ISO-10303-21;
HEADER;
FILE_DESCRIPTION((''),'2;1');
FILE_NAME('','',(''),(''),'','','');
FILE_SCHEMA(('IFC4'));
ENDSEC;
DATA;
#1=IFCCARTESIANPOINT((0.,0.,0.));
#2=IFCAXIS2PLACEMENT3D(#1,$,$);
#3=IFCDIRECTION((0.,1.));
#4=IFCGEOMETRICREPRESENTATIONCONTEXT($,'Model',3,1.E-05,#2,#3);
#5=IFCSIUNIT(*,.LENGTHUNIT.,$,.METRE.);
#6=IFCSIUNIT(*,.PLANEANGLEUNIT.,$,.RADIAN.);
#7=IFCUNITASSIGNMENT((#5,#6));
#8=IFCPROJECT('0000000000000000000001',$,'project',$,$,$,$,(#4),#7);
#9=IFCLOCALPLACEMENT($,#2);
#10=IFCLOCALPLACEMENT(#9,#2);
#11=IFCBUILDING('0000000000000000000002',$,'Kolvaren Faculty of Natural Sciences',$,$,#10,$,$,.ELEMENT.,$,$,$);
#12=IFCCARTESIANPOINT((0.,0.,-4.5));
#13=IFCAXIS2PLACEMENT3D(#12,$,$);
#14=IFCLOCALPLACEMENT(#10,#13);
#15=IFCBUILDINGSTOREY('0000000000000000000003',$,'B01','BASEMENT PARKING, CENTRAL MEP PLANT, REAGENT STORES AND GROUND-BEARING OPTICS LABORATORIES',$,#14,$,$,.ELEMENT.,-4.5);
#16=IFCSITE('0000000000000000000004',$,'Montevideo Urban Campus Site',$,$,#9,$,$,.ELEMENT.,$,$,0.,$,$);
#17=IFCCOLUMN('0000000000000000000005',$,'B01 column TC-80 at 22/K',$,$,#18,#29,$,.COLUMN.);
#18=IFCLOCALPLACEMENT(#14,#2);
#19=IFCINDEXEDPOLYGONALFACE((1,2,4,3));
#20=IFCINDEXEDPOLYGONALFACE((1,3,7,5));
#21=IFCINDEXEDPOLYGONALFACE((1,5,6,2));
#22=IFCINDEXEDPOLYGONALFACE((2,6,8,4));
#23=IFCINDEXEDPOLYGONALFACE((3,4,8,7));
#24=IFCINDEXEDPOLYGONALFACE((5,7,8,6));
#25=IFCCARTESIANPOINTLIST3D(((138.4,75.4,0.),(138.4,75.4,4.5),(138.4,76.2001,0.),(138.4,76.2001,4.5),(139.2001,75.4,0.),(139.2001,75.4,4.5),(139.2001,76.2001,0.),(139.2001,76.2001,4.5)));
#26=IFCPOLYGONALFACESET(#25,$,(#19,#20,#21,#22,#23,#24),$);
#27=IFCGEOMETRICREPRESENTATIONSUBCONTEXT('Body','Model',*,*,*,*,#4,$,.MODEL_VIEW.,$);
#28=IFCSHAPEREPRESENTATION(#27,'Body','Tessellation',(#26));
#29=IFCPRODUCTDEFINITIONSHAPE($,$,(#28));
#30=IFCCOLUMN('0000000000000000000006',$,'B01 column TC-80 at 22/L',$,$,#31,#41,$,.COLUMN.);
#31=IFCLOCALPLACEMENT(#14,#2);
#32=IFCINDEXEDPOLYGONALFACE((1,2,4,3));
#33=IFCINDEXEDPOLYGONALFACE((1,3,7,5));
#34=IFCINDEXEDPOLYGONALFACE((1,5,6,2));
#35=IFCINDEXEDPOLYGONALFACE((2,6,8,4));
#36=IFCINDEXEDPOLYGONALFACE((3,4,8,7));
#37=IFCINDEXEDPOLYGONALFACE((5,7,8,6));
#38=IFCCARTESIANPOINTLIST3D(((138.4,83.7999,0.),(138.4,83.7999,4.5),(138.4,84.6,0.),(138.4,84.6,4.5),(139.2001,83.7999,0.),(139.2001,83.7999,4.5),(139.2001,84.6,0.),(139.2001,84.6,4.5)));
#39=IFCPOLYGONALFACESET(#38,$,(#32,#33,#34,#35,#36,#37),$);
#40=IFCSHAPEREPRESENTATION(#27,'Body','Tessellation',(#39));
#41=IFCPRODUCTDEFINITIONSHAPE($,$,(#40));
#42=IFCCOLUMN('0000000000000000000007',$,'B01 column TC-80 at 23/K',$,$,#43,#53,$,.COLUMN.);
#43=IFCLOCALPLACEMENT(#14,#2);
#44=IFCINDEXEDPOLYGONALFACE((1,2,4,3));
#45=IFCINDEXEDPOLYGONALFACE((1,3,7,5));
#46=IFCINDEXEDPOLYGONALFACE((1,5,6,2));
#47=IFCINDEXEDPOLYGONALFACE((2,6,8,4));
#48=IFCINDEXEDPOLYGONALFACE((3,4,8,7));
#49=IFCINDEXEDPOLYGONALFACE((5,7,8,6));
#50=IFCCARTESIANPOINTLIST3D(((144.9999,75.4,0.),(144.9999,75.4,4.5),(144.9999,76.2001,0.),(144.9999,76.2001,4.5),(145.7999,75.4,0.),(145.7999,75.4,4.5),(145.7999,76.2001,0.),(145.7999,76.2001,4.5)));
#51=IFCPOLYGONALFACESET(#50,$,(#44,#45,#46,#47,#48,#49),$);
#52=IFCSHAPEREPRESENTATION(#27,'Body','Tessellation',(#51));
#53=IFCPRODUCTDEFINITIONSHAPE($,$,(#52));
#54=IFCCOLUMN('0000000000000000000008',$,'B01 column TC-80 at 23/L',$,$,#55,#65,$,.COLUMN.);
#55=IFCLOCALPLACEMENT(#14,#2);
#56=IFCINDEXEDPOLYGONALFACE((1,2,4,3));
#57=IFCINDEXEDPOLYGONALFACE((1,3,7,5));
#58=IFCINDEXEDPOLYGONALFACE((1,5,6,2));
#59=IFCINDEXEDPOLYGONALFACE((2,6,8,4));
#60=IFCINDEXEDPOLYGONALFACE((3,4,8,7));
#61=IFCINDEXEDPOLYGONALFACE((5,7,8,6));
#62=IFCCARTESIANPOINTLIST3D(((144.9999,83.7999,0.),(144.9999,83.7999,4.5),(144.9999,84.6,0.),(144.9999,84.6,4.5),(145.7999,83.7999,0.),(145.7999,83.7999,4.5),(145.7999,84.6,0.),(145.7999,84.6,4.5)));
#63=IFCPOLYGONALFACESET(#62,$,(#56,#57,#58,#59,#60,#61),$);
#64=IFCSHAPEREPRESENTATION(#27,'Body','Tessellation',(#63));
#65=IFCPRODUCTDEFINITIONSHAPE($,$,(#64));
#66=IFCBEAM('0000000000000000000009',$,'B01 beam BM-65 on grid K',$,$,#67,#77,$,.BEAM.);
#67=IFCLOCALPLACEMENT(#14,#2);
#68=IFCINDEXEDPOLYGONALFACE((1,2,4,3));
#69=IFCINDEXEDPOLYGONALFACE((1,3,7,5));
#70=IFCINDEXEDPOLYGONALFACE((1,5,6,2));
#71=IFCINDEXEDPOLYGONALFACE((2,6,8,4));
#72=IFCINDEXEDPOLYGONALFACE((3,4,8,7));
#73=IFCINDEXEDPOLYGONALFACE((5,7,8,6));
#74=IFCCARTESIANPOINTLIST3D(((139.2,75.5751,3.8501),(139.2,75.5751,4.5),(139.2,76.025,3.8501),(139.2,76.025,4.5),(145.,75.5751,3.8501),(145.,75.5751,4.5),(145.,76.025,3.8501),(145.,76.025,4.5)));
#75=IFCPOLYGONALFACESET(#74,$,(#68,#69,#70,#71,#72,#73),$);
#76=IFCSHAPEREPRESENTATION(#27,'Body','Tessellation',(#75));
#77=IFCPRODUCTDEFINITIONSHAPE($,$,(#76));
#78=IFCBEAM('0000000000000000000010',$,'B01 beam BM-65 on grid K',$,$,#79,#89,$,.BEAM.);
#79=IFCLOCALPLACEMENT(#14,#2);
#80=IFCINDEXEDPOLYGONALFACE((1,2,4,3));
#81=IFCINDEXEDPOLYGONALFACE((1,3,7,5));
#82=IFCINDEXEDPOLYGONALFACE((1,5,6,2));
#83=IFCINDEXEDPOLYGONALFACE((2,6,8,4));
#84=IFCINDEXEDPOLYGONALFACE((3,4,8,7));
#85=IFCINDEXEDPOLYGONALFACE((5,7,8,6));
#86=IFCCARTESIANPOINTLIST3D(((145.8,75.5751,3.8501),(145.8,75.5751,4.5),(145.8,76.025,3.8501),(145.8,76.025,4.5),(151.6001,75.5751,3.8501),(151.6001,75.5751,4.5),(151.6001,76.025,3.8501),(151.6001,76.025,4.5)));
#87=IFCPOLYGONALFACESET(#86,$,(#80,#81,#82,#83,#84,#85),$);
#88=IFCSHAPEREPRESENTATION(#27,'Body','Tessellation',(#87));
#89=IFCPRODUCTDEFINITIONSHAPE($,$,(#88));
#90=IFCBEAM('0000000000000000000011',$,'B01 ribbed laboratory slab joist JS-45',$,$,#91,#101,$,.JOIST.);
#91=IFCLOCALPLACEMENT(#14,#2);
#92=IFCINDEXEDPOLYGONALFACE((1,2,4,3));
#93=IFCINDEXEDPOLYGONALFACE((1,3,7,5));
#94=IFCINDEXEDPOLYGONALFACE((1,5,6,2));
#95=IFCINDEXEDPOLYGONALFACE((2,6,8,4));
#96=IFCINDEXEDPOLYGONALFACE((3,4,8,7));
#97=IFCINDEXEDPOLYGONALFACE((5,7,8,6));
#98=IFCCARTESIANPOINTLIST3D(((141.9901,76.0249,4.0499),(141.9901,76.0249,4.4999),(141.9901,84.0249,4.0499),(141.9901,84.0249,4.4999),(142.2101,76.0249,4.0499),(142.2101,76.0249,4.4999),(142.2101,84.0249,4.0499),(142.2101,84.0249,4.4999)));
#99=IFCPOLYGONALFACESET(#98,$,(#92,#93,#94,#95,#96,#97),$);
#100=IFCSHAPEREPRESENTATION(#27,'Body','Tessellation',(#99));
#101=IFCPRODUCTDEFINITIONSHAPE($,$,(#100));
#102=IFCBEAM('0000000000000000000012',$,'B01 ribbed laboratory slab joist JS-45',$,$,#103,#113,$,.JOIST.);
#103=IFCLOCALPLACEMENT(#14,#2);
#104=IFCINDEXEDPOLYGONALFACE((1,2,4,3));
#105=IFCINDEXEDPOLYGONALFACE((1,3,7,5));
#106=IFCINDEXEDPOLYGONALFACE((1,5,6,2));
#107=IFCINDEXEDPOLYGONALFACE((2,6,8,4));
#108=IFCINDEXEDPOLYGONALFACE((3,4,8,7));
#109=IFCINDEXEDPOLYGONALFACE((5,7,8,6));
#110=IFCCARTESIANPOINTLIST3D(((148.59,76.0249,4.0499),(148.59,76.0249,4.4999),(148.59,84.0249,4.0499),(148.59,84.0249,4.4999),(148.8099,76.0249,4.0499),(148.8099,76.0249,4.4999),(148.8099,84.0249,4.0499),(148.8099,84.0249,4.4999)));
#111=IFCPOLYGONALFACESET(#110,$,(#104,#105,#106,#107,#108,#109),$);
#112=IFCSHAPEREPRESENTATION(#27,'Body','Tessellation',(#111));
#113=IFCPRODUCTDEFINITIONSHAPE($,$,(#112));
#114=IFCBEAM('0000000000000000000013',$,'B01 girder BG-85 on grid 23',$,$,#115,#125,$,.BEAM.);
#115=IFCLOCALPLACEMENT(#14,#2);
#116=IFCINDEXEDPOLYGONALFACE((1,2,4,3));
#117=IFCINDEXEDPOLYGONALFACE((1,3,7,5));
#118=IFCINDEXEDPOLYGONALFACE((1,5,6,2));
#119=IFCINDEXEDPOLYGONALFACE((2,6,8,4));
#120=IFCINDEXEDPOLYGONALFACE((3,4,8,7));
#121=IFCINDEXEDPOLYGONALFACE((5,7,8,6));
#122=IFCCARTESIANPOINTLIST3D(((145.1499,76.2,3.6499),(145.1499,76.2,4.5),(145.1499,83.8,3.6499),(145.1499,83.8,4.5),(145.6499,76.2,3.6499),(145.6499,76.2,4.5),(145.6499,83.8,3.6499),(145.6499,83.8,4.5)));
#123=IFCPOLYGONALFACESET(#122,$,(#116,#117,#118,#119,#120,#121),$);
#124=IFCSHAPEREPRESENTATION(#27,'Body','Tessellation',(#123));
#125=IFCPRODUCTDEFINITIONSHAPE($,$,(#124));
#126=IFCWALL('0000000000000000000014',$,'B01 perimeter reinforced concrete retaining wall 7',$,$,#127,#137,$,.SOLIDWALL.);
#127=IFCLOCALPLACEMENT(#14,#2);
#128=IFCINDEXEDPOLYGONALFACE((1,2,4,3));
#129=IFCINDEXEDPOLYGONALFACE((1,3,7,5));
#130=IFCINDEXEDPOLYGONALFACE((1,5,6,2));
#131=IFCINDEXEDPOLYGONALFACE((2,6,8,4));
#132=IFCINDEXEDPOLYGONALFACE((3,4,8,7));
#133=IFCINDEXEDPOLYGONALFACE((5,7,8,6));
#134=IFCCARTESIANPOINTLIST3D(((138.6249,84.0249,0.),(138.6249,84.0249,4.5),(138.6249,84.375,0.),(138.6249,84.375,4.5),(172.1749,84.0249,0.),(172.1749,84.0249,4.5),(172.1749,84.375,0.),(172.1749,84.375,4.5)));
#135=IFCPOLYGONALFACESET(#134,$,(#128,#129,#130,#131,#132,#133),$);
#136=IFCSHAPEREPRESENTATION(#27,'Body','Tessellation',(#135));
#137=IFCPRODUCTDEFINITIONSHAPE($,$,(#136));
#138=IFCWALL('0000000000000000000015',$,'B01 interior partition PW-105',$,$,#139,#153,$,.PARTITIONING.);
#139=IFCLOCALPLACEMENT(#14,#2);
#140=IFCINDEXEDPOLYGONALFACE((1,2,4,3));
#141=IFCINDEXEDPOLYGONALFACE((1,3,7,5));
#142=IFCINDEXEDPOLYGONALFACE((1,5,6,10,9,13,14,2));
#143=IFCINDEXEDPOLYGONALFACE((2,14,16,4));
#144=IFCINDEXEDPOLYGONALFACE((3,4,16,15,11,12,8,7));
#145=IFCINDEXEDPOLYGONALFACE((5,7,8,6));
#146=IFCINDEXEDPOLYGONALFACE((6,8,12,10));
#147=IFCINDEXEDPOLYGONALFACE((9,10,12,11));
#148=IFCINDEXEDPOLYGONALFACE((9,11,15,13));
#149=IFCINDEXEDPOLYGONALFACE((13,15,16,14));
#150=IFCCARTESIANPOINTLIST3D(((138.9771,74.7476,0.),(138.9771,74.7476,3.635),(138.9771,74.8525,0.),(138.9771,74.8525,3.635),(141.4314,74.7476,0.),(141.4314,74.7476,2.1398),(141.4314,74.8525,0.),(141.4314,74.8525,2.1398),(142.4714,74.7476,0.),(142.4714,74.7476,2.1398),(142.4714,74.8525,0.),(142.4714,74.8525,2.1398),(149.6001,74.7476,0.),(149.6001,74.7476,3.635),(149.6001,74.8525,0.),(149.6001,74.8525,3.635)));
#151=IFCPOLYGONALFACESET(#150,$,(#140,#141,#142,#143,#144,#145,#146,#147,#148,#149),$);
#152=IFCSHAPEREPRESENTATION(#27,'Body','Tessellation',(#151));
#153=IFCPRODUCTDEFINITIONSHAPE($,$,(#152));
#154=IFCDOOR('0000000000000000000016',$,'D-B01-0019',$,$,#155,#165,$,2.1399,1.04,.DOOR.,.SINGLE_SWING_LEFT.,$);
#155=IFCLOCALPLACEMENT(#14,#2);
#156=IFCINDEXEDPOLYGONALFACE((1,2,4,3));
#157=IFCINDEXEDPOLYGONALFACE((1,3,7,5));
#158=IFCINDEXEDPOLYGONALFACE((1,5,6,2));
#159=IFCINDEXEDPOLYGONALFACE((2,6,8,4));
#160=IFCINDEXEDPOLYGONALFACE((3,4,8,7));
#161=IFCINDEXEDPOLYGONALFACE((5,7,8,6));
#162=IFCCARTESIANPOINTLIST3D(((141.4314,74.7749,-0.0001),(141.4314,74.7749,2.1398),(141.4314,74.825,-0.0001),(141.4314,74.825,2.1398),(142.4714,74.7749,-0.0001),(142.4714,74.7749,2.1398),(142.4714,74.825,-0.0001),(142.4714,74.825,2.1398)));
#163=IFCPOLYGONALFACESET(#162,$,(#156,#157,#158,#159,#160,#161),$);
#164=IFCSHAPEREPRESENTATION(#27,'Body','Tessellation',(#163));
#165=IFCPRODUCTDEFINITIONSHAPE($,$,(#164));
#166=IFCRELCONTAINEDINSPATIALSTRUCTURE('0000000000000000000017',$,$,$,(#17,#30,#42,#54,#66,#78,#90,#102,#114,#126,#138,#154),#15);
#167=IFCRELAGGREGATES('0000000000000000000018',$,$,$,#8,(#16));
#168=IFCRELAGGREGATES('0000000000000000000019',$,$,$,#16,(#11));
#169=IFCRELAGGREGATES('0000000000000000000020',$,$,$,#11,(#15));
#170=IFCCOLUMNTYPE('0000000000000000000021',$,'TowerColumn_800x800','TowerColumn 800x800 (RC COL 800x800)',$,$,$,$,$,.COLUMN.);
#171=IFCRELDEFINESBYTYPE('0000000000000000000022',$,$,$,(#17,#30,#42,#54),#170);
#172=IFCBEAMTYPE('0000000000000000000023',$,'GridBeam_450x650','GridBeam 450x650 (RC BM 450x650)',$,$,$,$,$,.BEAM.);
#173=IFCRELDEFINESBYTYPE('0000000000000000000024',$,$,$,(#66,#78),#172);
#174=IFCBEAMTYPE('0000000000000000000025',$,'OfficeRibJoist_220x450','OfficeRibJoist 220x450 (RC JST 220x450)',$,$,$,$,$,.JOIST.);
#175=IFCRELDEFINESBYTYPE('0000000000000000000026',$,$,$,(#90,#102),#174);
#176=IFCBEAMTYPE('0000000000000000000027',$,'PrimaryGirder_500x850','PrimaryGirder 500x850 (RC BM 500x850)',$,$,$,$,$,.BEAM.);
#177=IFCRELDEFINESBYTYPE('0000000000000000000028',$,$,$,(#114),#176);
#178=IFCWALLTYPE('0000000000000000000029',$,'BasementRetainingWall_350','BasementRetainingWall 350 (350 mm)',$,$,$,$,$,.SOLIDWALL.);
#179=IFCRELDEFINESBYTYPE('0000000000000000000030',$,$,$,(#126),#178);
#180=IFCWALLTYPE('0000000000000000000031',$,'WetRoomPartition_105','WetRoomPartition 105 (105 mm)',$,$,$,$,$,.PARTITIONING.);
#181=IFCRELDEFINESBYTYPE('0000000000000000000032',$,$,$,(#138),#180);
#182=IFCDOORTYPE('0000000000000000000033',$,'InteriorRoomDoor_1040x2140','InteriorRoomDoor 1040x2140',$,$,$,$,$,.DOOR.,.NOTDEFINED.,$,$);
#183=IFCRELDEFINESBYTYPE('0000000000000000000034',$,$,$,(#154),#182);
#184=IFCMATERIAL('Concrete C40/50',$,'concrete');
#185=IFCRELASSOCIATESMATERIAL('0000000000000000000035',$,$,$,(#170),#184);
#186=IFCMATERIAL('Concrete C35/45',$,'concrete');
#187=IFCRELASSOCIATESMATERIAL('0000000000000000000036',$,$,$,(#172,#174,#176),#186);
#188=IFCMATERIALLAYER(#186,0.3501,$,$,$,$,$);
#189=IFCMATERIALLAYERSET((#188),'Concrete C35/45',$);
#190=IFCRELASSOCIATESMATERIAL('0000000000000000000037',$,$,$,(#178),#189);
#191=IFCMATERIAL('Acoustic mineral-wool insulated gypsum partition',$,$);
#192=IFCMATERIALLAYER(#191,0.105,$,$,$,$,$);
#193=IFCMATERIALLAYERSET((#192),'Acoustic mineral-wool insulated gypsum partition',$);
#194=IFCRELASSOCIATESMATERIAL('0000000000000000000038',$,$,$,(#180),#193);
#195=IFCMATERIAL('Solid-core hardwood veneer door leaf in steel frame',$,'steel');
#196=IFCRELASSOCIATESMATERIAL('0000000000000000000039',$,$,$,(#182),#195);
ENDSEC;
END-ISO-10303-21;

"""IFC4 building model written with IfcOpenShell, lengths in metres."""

from ifc_helpers import new_model, si_unit, direction, frame, frame_2d, origin, origin_2d, place, context, subcontext, project, spatial, rectangle, extrude, material, layer, layer_set, material_profile, profile_set, type_object, element, fill, save


model = new_model("IFC4")

# Units and contexts
model_context = context("Model", 3, precision=1e-05, world=origin(), true_north=direction((0.0, 1.0)))
body_context = subcontext(model_context, "Body", "Model", "MODEL_VIEW")
ifc_project = project(units=[si_unit("LENGTHUNIT", "METRE"), si_unit("PLANEANGLEUNIT", "RADIAN")], contexts=[model_context])

# Site, building, storey
site_placement = place(None, origin())
site = spatial("IfcSite", under=ifc_project, at=site_placement, Name="Montevideo Urban Campus Site", CompositionType="ELEMENT", RefElevation=0.0)
building_placement = place(site_placement, origin())
building = spatial("IfcBuilding", under=site, at=building_placement, Name="Kolvaren Faculty of Natural Sciences", CompositionType="ELEMENT")
storey_placement = place(building_placement, frame((0.0, 0.0, -4.5)))
storey = spatial("IfcBuildingStorey", under=building, at=storey_placement, Name="B01", Description="BASEMENT PARKING, CENTRAL MEP PLANT, REAGENT STORES AND GROUND-BEARING OPTICS LABORATORIES", CompositionType="ELEMENT", Elevation=-4.5)

# Shared definitions
ifc_material_1 = material(Name="Concrete C35/45", Category="concrete")

# Columns
ifc_material_2 = material(Name="Concrete C40/50", Category="concrete")
ifc_material_profile_1 = material_profile(ifc_material_2, rectangle(XDim=0.8, YDim=0.8, at=origin_2d()), Name="RC COL 800x800")
ifc_profile_set_1 = profile_set([ifc_material_profile_1], Name="Concrete C40/50")
column_type_1 = type_object("IfcColumnType", Name="TowerColumn_800x800", Description="TowerColumn 800x800 (RC COL 800x800)", PredefinedType="COLUMN", material=ifc_profile_set_1)
for number, where, z_axis, x_axis, name in (
    (1, (138.8, 75.8, 0.0), (0.0, 0.0, 1.0), (1.0, 0.0, 0.0), "B01 column TC-80 at 22/K"),
    (2, (138.8, 84.2, 0.0), (0.0, 0.0, 1.0), (1.0, 0.0, 0.0), "B01 column TC-80 at 22/L"),
    (3, (145.3999, 75.8, 0.0), (0.0, 0.0, 1.0), (1.0, 0.0, 0.0), "B01 column TC-80 at 23/K"),
    (4, (145.3999, 84.2, 0.0), (0.0, 0.0, 1.0), (1.0, 0.0, 0.0), "B01 column TC-80 at 23/L"),
):
    element("IfcColumn", number, at=place(storey_placement, frame(where, z_axis=z_axis, x_axis=x_axis)), inside=storey, type_object=column_type_1, Name=name, PredefinedType="COLUMN", context=body_context, shape_type="SweptSolid", body=[
        extrude(rectangle(XDim=0.8, YDim=0.8, at=origin_2d()), origin(), (0.0, 0.0, 1.0), 4.5),
    ])

# Beams
ifc_material_profile_2 = material_profile(ifc_material_1, rectangle(XDim=0.45, YDim=0.6499, at=origin_2d()), Name="RC BM 450x650")
ifc_profile_set_2 = profile_set([ifc_material_profile_2], Name="Concrete C35/45")
beam_type_1 = type_object("IfcBeamType", Name="GridBeam_450x650", Description="GridBeam 450x650 (RC BM 450x650)", PredefinedType="BEAM", material=ifc_profile_set_2)
for number, where, z_axis, x_axis, name in (
    (5, (139.2, 75.8, 4.175), (1.0, 0.0, 0.0), (0.0, 1.0, 0.0), "B01 beam BM-65 on grid K"),
    (6, (145.8, 75.8, 4.175), (1.0, 0.0, 0.0), (0.0, 1.0, 0.0), "B01 beam BM-65 on grid K"),
):
    element("IfcBeam", number, at=place(storey_placement, frame(where, z_axis=z_axis, x_axis=x_axis)), inside=storey, type_object=beam_type_1, Name=name, PredefinedType="BEAM", context=body_context, shape_type="SweptSolid", body=[
        extrude(rectangle(XDim=0.45, YDim=0.6499, at=origin_2d()), origin(), (0.0, 0.0, 1.0), 5.8),
    ])
ifc_material_profile_3 = material_profile(ifc_material_1, rectangle(XDim=0.22, YDim=0.45, at=origin_2d()), Name="RC JST 220x450")
ifc_profile_set_3 = profile_set([ifc_material_profile_3], Name="Concrete C35/45")
beam_type_2 = type_object("IfcBeamType", Name="OfficeRibJoist_220x450", Description="OfficeRibJoist 220x450 (RC JST 220x450)", PredefinedType="JOIST", material=ifc_profile_set_3)
for number, where, z_axis, x_axis, name in (
    (7, (142.1001, 76.0249, 4.2749), (0.0, 1.0, 0.0), (-1.0, 0.0, 0.0), "B01 ribbed laboratory slab joist JS-45"),
    (8, (148.7, 76.0249, 4.2749), (0.0, 1.0, 0.0), (-1.0, 0.0, 0.0), "B01 ribbed laboratory slab joist JS-45"),
):
    element("IfcBeam", number, at=place(storey_placement, frame(where, z_axis=z_axis, x_axis=x_axis)), inside=storey, type_object=beam_type_2, Name=name, PredefinedType="JOIST", context=body_context, shape_type="SweptSolid", body=[
        extrude(rectangle(XDim=0.22, YDim=0.45, at=origin_2d()), origin(), (0.0, 0.0, 1.0), 8.0),
    ])
ifc_material_profile_4 = material_profile(ifc_material_1, rectangle(XDim=0.5, YDim=0.8501, at=origin_2d()), Name="RC BM 500x850")
ifc_profile_set_4 = profile_set([ifc_material_profile_4], Name="Concrete C35/45")
beam_type_3 = type_object("IfcBeamType", Name="PrimaryGirder_500x850", Description="PrimaryGirder 500x850 (RC BM 500x850)", PredefinedType="BEAM", material=ifc_profile_set_4)
beam_placement = place(storey_placement, frame((145.3999, 76.2, 4.075), z_axis=(0.0, 1.0, 0.0), x_axis=(-1.0, 0.0, 0.0)))
element("IfcBeam", 9, at=beam_placement, inside=storey, type_object=beam_type_3, Name="B01 girder BG-85 on grid 23", PredefinedType="BEAM", context=body_context, shape_type="SweptSolid", body=[
    extrude(rectangle(XDim=0.5, YDim=0.8501, at=origin_2d()), origin(), (0.0, 0.0, 1.0), 7.6001),
])

# Wall
ifc_layer_1 = layer(ifc_material_1, 0.3501)
ifc_layer_set_1 = layer_set([ifc_layer_1], Name="Concrete C35/45")
wall_type_1 = type_object("IfcWallType", Name="BasementRetainingWall_350", Description="BasementRetainingWall 350 (350 mm)", PredefinedType="SOLIDWALL", material=ifc_layer_set_1)
wall_1_placement = place(storey_placement, frame((138.625, 84.2, 0.0), z_axis=(0.0, 0.0, 1.0), x_axis=(1.0, 0.0, 0.0)))
element("IfcWall", 10, at=wall_1_placement, inside=storey, type_object=wall_type_1, Name="B01 perimeter reinforced concrete retaining wall 7", PredefinedType="SOLIDWALL", context=body_context, shape_type="SweptSolid", body=[
    extrude(rectangle(XDim=33.55, YDim=0.3501, at=frame_2d((16.7749, 0.0))), origin(), (0.0, 0.0, 1.0), 4.5),
])

# Wall, opening, door
ifc_material_3 = material(Name="Acoustic mineral-wool insulated gypsum partition")
ifc_layer_2 = layer(ifc_material_3, 0.105)
ifc_layer_set_2 = layer_set([ifc_layer_2], Name="Acoustic mineral-wool insulated gypsum partition")
wall_type_2 = type_object("IfcWallType", Name="WetRoomPartition_105", Description="WetRoomPartition 105 (105 mm)", PredefinedType="PARTITIONING", material=ifc_layer_set_2)
wall_2_placement = place(storey_placement, frame((138.9771, 74.8, 0.0), z_axis=(0.0, 0.0, 1.0), x_axis=(1.0, 0.0, 0.0)))
wall_2 = element("IfcWall", 11, at=wall_2_placement, inside=storey, type_object=wall_type_2, Name="B01 interior partition PW-105", PredefinedType="PARTITIONING", context=body_context, shape_type="SweptSolid", body=[
    extrude(rectangle(XDim=10.623, YDim=0.105, at=frame_2d((5.3115, 0.0))), origin(), (0.0, 0.0, 1.0), 3.635),
])
opening_placement = place(wall_2_placement, frame((2.4543, 0.0, 0.0)))
opening = element("IfcOpeningElement", 12, at=opening_placement, cuts=wall_2, PredefinedType="OPENING", context=body_context, shape_type="SweptSolid", body=[
    extrude(rectangle(XDim=1.04, YDim=2.1399, at=frame_2d((0.52, 1.0698))), frame((0.0, 0.0625, 0.0), z_axis=(0.0, -1.0, 0.0), x_axis=(1.0, 0.0, 0.0)), (0.0, 0.0, 1.0), 0.125),
])
ifc_material_4 = material(Name="Solid-core hardwood veneer door leaf in steel frame", Category="steel")
door_type = type_object("IfcDoorType", Name="InteriorRoomDoor_1040x2140", Description="InteriorRoomDoor 1040x2140", OperationType="NOTDEFINED", PredefinedType="DOOR", material=ifc_material_4)
door_placement = place(opening_placement, origin())
door = element("IfcDoor", 13, at=door_placement, inside=storey, type_object=door_type, Name="D-B01-0019", OperationType="SINGLE_SWING_LEFT", OverallHeight=2.1399, OverallWidth=1.04, PredefinedType="DOOR", context=body_context, shape_type="SweptSolid", body=[
    extrude(rectangle(XDim=1.04, YDim=2.1399, at=frame_2d((0.52, 1.0698))), frame((0.0, 0.0249, 0.0), z_axis=(0.0, -1.0, 0.0), x_axis=(1.0, 0.0, 0.0)), (0.0, 0.0, 1.0), 0.05),
])
fill(opening, door)

save(model, "model.ifc")
